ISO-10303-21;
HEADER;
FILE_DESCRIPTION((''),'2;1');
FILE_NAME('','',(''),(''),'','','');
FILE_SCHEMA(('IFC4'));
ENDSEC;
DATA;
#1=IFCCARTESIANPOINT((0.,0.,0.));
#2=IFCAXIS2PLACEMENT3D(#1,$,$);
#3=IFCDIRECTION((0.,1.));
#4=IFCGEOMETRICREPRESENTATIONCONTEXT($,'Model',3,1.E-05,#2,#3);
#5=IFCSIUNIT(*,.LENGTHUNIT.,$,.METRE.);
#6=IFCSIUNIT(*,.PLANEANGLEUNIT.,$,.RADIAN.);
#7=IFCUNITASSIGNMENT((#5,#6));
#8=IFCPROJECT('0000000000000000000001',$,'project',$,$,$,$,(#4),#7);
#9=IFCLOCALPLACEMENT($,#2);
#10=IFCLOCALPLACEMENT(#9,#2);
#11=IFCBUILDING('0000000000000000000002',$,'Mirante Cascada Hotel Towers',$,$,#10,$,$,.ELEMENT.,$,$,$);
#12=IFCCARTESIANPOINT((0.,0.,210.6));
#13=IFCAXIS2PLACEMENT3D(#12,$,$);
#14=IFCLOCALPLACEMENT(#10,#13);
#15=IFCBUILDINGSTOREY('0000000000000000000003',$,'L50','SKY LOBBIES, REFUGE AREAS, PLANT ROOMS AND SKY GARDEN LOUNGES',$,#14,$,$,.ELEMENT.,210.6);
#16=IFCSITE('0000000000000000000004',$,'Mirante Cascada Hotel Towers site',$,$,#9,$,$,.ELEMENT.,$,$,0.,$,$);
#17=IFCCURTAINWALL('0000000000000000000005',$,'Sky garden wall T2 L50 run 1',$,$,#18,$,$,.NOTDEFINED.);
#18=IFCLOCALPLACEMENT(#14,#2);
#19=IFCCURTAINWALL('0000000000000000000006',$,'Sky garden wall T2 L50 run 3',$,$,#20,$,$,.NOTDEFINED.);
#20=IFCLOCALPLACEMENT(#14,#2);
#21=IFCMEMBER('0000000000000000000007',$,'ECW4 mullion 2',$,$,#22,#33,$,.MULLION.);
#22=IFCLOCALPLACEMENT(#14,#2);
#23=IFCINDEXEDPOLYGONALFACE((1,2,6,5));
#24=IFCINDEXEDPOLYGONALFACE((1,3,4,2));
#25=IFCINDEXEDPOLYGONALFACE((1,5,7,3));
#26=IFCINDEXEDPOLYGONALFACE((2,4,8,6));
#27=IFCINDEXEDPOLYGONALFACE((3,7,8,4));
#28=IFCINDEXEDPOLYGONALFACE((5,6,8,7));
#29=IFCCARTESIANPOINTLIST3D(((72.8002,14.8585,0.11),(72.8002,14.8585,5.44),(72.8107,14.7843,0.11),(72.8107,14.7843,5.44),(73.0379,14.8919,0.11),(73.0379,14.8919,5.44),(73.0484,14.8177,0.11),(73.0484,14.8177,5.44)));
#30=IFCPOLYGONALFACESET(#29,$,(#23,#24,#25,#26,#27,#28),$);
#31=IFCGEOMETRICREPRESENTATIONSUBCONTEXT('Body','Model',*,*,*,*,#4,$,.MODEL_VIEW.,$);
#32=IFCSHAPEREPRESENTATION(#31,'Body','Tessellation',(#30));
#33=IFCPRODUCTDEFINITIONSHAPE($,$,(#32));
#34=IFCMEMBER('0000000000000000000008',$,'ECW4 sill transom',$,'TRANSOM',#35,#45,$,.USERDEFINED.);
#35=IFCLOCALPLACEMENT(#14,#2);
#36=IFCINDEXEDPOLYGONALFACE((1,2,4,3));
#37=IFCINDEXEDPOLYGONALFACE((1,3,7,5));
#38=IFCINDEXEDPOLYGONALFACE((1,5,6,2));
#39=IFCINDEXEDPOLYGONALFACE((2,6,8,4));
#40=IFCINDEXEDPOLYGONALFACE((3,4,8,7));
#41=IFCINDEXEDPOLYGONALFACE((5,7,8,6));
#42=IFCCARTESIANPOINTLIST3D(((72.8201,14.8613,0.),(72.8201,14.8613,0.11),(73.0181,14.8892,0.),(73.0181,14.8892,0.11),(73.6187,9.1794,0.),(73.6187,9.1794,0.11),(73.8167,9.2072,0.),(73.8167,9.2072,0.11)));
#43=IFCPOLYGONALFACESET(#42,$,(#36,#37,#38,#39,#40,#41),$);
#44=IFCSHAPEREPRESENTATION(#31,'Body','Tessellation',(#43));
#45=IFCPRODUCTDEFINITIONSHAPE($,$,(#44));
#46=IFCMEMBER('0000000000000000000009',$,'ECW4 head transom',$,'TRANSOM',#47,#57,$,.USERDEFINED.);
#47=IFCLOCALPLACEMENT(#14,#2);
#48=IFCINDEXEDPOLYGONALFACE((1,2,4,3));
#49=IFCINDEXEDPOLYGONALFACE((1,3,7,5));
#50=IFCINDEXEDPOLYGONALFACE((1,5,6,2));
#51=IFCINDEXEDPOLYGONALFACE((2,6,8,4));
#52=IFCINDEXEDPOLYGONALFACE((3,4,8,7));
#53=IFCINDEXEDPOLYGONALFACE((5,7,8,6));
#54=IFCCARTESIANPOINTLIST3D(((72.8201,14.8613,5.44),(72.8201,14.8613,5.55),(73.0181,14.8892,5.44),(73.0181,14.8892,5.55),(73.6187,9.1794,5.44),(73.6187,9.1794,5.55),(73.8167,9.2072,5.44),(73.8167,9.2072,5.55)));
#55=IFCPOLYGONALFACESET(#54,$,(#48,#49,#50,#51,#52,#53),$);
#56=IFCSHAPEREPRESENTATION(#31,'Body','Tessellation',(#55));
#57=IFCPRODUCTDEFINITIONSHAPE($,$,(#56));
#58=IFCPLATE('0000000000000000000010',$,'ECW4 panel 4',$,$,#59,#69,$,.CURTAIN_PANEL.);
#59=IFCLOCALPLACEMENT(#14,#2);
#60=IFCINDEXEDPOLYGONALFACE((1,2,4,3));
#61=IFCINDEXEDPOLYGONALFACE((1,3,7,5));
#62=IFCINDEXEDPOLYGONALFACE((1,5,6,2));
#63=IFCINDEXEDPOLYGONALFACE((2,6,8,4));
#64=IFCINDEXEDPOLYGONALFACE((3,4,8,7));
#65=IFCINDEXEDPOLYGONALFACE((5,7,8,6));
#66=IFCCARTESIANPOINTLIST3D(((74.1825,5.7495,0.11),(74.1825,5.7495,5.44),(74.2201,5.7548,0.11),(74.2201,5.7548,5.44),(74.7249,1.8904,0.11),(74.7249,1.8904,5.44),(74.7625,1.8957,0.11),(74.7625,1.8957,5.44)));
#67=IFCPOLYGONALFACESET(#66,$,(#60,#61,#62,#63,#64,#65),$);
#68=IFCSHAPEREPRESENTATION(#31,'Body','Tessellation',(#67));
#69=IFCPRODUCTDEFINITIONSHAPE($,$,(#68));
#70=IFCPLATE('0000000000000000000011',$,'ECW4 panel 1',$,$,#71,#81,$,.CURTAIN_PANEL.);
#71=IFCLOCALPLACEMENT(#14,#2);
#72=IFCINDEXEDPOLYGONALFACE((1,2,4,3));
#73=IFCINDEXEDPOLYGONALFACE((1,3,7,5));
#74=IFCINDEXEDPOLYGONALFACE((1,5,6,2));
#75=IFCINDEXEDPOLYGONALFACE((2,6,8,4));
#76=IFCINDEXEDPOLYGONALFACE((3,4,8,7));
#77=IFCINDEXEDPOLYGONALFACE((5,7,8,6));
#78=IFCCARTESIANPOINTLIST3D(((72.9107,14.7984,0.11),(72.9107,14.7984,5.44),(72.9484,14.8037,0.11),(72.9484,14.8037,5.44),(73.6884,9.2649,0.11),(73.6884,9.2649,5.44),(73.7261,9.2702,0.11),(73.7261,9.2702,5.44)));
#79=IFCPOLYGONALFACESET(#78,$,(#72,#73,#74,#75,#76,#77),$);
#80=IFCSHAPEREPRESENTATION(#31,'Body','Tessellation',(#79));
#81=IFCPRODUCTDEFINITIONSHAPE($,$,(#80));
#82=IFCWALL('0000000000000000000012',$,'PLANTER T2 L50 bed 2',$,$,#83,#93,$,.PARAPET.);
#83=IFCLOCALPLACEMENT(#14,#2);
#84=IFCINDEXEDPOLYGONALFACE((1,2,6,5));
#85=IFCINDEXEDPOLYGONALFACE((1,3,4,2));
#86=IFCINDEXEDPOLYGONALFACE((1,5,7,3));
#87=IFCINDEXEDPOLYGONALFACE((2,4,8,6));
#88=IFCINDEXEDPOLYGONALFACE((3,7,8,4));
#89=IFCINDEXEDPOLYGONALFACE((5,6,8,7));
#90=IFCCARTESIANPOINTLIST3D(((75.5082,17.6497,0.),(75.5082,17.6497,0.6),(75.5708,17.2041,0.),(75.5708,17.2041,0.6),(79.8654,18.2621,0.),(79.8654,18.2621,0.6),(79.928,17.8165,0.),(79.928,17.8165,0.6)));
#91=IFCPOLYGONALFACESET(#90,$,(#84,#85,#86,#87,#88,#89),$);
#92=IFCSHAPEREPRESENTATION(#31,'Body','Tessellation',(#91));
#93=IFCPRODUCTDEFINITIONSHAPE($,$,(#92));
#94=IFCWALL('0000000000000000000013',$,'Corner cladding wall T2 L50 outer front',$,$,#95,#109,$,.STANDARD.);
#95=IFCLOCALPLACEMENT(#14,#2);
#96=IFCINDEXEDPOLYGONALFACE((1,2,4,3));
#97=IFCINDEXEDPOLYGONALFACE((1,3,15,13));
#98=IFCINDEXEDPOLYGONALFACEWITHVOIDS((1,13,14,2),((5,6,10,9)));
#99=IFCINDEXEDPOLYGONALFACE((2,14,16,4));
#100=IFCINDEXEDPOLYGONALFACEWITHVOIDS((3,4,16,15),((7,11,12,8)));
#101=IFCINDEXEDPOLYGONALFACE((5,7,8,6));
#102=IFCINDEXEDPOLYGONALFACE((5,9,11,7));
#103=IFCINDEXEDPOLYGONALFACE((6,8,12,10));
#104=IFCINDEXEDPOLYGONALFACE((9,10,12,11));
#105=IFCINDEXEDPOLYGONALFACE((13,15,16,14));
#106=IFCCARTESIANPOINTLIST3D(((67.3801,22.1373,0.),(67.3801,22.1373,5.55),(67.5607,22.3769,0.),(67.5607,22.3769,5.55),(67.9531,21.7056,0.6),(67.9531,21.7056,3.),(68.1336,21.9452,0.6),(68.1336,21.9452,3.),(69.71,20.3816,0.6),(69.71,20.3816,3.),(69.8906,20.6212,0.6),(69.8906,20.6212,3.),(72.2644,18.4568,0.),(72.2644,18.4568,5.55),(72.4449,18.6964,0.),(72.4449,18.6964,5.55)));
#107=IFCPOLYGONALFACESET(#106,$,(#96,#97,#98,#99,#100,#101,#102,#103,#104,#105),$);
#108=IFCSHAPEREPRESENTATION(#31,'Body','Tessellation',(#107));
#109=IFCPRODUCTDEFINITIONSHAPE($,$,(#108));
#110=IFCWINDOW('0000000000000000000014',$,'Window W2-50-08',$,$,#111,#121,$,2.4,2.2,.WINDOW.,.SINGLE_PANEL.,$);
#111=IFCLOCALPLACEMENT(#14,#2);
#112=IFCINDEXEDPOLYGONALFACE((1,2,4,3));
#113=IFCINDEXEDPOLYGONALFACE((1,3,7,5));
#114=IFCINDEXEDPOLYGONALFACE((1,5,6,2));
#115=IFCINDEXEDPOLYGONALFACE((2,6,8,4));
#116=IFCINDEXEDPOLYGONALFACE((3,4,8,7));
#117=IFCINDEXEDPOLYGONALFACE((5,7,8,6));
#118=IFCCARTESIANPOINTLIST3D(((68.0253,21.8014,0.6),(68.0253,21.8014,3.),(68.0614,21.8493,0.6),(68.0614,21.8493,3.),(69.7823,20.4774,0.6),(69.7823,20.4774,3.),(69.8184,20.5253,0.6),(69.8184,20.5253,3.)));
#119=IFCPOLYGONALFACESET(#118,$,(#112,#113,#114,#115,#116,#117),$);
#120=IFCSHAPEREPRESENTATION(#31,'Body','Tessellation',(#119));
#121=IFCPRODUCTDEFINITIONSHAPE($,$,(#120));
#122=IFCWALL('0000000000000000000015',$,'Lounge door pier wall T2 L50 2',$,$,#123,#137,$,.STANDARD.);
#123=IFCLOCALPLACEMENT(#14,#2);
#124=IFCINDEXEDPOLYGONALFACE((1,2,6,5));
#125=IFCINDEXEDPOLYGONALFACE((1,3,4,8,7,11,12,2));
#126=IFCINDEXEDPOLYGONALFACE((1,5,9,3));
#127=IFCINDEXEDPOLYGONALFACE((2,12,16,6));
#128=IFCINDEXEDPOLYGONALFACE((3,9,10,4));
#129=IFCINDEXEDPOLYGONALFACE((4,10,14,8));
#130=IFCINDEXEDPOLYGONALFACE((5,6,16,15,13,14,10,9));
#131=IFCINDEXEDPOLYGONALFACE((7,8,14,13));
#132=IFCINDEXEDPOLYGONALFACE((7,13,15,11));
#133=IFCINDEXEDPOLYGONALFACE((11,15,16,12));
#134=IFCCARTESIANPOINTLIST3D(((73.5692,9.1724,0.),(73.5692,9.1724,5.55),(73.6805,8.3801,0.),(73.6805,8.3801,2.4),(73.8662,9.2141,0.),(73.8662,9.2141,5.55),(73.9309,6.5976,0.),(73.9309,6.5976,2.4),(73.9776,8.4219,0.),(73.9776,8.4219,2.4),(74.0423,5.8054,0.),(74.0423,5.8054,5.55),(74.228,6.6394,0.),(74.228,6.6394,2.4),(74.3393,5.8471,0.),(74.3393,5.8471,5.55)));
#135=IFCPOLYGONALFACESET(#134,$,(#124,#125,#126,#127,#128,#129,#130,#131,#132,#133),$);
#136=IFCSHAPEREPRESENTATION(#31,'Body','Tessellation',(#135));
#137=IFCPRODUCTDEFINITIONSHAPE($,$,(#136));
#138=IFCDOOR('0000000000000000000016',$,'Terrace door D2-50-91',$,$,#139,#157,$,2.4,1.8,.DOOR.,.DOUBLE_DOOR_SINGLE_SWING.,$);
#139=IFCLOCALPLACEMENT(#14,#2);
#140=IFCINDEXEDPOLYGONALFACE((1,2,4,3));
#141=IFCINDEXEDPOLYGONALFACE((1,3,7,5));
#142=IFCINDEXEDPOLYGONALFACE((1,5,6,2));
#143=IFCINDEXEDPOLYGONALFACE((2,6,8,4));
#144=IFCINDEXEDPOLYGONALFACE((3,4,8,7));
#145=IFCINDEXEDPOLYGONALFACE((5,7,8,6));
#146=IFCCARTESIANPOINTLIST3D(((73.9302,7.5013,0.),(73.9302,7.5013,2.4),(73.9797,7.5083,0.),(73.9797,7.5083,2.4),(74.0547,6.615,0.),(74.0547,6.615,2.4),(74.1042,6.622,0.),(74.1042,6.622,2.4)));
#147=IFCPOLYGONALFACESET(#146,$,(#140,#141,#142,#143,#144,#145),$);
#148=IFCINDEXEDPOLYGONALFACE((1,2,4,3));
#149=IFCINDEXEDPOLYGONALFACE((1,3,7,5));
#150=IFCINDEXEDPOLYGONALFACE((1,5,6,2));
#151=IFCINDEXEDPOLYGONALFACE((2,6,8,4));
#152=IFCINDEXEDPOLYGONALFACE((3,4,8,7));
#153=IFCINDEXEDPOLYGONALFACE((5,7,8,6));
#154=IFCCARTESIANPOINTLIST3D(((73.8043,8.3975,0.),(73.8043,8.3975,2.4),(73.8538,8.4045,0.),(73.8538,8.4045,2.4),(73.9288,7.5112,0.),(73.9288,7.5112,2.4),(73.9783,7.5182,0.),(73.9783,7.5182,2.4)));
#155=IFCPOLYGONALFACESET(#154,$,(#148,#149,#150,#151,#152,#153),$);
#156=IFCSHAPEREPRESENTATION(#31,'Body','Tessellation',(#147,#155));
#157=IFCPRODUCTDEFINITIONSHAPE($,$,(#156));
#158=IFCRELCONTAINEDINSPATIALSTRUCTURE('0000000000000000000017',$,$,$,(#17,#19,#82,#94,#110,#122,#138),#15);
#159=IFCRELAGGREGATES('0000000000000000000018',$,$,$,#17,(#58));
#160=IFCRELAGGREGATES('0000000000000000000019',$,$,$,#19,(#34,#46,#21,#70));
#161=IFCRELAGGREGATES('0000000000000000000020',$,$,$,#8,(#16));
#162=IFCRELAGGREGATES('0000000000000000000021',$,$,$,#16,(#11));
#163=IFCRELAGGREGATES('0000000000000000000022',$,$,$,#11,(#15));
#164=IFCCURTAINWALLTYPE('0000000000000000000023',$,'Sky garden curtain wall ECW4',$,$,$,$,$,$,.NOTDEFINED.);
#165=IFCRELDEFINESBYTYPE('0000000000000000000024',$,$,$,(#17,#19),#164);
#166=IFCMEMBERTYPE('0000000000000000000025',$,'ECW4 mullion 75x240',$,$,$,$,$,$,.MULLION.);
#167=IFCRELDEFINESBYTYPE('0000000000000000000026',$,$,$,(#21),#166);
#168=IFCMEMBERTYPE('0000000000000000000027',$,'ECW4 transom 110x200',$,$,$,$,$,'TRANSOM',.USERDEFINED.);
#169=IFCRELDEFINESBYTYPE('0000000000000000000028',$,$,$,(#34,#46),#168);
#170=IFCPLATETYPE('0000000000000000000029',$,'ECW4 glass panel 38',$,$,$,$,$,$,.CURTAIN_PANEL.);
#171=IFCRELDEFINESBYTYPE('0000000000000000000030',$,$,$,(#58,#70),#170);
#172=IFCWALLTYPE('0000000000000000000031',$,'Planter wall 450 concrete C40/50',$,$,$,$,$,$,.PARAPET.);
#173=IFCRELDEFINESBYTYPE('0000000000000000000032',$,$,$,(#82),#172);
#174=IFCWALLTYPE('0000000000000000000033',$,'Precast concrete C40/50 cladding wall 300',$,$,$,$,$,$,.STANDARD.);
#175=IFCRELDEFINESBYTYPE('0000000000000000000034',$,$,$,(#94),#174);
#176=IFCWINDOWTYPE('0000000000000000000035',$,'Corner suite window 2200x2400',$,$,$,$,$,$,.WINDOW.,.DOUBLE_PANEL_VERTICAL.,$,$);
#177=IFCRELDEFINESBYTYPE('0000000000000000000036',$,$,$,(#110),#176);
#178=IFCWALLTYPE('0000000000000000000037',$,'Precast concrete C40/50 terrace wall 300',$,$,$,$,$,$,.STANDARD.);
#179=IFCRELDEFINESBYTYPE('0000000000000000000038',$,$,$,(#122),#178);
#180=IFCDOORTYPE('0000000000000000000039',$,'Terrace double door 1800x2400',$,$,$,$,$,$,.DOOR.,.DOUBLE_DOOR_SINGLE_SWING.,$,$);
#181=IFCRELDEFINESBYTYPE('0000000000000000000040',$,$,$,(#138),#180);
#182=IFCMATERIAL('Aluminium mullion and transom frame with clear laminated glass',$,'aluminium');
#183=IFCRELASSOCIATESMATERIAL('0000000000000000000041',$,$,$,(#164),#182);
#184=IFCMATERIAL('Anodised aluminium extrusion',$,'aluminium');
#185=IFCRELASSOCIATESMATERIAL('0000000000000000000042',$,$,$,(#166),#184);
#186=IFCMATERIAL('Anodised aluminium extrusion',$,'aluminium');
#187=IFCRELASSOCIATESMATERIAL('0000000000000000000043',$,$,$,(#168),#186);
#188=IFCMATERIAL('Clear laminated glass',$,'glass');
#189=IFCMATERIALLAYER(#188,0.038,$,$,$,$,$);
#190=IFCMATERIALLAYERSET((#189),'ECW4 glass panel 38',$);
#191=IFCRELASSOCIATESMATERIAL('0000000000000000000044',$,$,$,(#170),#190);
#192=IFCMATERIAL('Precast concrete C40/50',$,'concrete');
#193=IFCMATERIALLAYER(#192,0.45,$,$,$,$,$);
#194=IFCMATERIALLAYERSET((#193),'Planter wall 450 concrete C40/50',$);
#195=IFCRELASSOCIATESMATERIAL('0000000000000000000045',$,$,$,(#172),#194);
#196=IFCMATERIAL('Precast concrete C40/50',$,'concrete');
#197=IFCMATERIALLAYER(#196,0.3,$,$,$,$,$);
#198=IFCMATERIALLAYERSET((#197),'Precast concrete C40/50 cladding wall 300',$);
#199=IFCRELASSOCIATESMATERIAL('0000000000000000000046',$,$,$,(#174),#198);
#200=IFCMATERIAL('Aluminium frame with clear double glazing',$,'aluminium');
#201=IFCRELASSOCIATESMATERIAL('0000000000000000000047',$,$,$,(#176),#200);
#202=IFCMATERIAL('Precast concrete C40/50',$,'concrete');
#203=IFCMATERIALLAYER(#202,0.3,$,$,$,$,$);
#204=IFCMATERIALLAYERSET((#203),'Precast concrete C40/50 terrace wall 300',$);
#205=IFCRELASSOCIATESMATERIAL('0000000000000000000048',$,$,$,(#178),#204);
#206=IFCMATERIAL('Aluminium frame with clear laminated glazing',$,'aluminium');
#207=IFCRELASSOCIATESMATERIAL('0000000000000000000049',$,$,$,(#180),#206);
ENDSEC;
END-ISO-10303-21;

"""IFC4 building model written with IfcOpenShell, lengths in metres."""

from ifc_helpers import new_model, si_unit, direction, frame, frame_2d, origin, origin_2d, place, context, subcontext, project, spatial, rectangle, extrude, material, layer, layer_set, material_profile, profile_set, type_object, element, fill, aggregate, save


model = new_model("IFC4")

# Units and contexts
model_context = context("Model", 3, precision=1e-05, world=origin(), true_north=direction((0.0, 1.0)))
body_context = subcontext(model_context, "Body", "Model", "MODEL_VIEW")
ifc_project = project(units=[si_unit("LENGTHUNIT", "METRE"), si_unit("PLANEANGLEUNIT", "RADIAN")], contexts=[model_context])

# Site, building, storey
site_placement = place(None, origin())
site = spatial("IfcSite", under=ifc_project, at=site_placement, Name="Mirante Cascada Hotel Towers site", CompositionType="ELEMENT", RefElevation=0.0)
building_placement = place(site_placement, origin())
building = spatial("IfcBuilding", under=site, at=building_placement, Name="Mirante Cascada Hotel Towers", CompositionType="ELEMENT")
storey_placement = place(building_placement, frame((0.0, 0.0, 210.6)))
storey = spatial("IfcBuildingStorey", under=building, at=storey_placement, Name="L50", Description="SKY LOBBIES, REFUGE AREAS, PLANT ROOMS AND SKY GARDEN LOUNGES", CompositionType="ELEMENT", Elevation=210.6)

# Curtain walls, members
ifc_material_1 = material(Name="Aluminium mullion and transom frame with clear laminated glass", Category="aluminium")
curtain_wall_type = type_object("IfcCurtainWallType", Name="Sky garden curtain wall ECW4", PredefinedType="NOTDEFINED", material=ifc_material_1)
curtain_wall_1_placement = place(storey_placement, origin())
curtain_wall_1 = element("IfcCurtainWall", 1, at=curtain_wall_1_placement, inside=storey, type_object=curtain_wall_type, Name="Sky garden wall T2 L50 run 1", PredefinedType="NOTDEFINED")
ifc_material_2 = material(Name="Anodised aluminium extrusion", Category="aluminium")
ifc_material_profile_1 = material_profile(ifc_material_2, rectangle(XDim=0.24, YDim=0.075, at=origin_2d()), Name="ECW4 MULLION 75x240")
ifc_profile_set_1 = profile_set([ifc_material_profile_1], Name="Anodised aluminium extrusion")
member_type_1 = type_object("IfcMemberType", Name="ECW4 mullion 75x240", PredefinedType="MULLION", material=ifc_profile_set_1)
curtain_wall_2_placement = place(storey_placement, origin())
curtain_wall_2 = element("IfcCurtainWall", 2, at=curtain_wall_2_placement, inside=storey, type_object=curtain_wall_type, Name="Sky garden wall T2 L50 run 3", PredefinedType="NOTDEFINED")
member_1_placement = place(storey_placement, frame((72.9243, 14.8381, 0.11), z_axis=(0.0, 0.0, 1.0), x_axis=(-0.990268, -0.139173, 0.0)))
member_1 = element("IfcMember", 3, at=member_1_placement, type_object=member_type_1, Name="ECW4 mullion 2", PredefinedType="MULLION", context=body_context, shape_type="SweptSolid", body=[
    extrude(rectangle(XDim=0.24, YDim=0.075, at=origin_2d()), origin(), (0.0, 0.0, 1.0), 5.33),
])
ifc_material_3 = material(Name="Anodised aluminium extrusion", Category="aluminium")
ifc_material_profile_2 = material_profile(ifc_material_3, rectangle(XDim=0.2, YDim=0.11, at=origin_2d()), Name="ECW4 TRANSOM 110x200")
ifc_profile_set_2 = profile_set([ifc_material_profile_2], Name="Anodised aluminium extrusion")
member_type_2 = type_object("IfcMemberType", Name="ECW4 transom 110x200", ElementType="TRANSOM", PredefinedType="USERDEFINED", material=ifc_profile_set_2)
member_2_placement = place(storey_placement, frame((73.7177, 9.1933, 0.055), z_axis=(-0.139181, 0.990267, 0.0), x_axis=(-0.990267, -0.139181, 0.0)))
member_2 = element("IfcMember", 4, at=member_2_placement, type_object=member_type_2, Name="ECW4 sill transom", ObjectType="TRANSOM", PredefinedType="USERDEFINED", context=body_context, shape_type="SweptSolid", body=[
    extrude(rectangle(XDim=0.2, YDim=0.11, at=origin_2d()), origin(), (0.0, 0.0, 1.0), 5.7378),
])
member_3_placement = place(storey_placement, frame((73.7177, 9.1933, 5.495), z_axis=(-0.139181, 0.990267, 0.0), x_axis=(-0.990267, -0.139181, 0.0)))
member_3 = element("IfcMember", 5, at=member_3_placement, type_object=member_type_2, Name="ECW4 head transom", ObjectType="TRANSOM", PredefinedType="USERDEFINED", context=body_context, shape_type="SweptSolid", body=[
    extrude(rectangle(XDim=0.2, YDim=0.11, at=origin_2d()), origin(), (0.0, 0.0, 1.0), 5.7378),
])

# Plates
ifc_material_4 = material(Name="Clear laminated glass", Category="glass")
ifc_layer_1 = layer(ifc_material_4, 0.038)
ifc_layer_set_1 = layer_set([ifc_layer_1], Name="ECW4 glass panel 38")
plate_type = type_object("IfcPlateType", Name="ECW4 glass panel 38", PredefinedType="CURTAIN_PANEL", material=ifc_layer_set_1)
plate_1_placement = place(storey_placement, frame((74.4725, 3.8226, 0.11), z_axis=(0.0, 0.0, 1.0), x_axis=(-0.139173, 0.990268, 0.0)))
plate_1 = element("IfcPlate", 6, at=plate_1_placement, type_object=plate_type, Name="ECW4 panel 4", PredefinedType="CURTAIN_PANEL", context=body_context, shape_type="SweptSolid", body=[
    extrude(rectangle(XDim=3.897, YDim=0.038, at=origin_2d()), origin(), (0.0, 0.0, 1.0), 5.33),
])
aggregate(curtain_wall_1, [plate_1])
plate_2_placement = place(storey_placement, frame((73.3184, 12.0343, 0.11), z_axis=(0.0, 0.0, 1.0), x_axis=(-0.139173, 0.990268, 0.0)))
plate_2 = element("IfcPlate", 7, at=plate_2_placement, type_object=plate_type, Name="ECW4 panel 1", PredefinedType="CURTAIN_PANEL", context=body_context, shape_type="SweptSolid", body=[
    extrude(rectangle(XDim=5.5879, YDim=0.038, at=origin_2d()), origin(), (0.0, 0.0, 1.0), 5.33),
])
aggregate(curtain_wall_2, [member_2, member_3, member_1, plate_2])

# Wall
ifc_material_5 = material(Name="Precast concrete C40/50", Category="concrete")
ifc_layer_2 = layer(ifc_material_5, 0.45)
ifc_layer_set_2 = layer_set([ifc_layer_2], Name="Planter wall 450 concrete C40/50")
wall_type_1 = type_object("IfcWallType", Name="Planter wall 450 concrete C40/50", PredefinedType="PARAPET", material=ifc_layer_set_2)
wall_1_placement = place(storey_placement, frame((75.5395, 17.4269, 0.0), z_axis=(0.0, 0.0, 1.0), x_axis=(0.990267, 0.139181, 0.0)))
element("IfcWall", 8, at=wall_1_placement, inside=storey, type_object=wall_type_1, Name="PLANTER T2 L50 bed 2", PredefinedType="PARAPET", context=body_context, shape_type="SweptSolid", body=[
    extrude(rectangle(XDim=4.4, YDim=0.45, at=frame_2d((2.2, 0.0))), origin(), (0.0, 0.0, 1.0), 0.6),
])

# Wall, opening, window
ifc_material_6 = material(Name="Precast concrete C40/50", Category="concrete")
ifc_layer_3 = layer(ifc_material_6, 0.3)
ifc_layer_set_3 = layer_set([ifc_layer_3], Name="Precast concrete C40/50 cladding wall 300")
wall_type_2 = type_object("IfcWallType", Name="Precast concrete C40/50 cladding wall 300", PredefinedType="STANDARD", material=ifc_layer_set_3)
wall_2_placement = place(storey_placement, frame((72.3546, 18.5766, 0.0), z_axis=(0.0, 0.0, 1.0), x_axis=(-0.798636, 0.601814, 0.0)))
wall_2 = element("IfcWall", 9, at=wall_2_placement, inside=storey, type_object=wall_type_2, Name="Corner cladding wall T2 L50 outer front", PredefinedType="STANDARD", context=body_context, shape_type="SweptSolid", body=[
    extrude(rectangle(XDim=6.1157, YDim=0.3, at=frame_2d((3.0578, 0.0))), origin(), (0.0, 0.0, 1.0), 5.55),
])
opening_1_placement = place(wall_2_placement, frame((3.1983, 0.0, 0.6)))
opening_1 = element("IfcOpeningElement", 10, at=opening_1_placement, cuts=wall_2, PredefinedType="OPENING", context=body_context, shape_type="SweptSolid", body=[
    extrude(rectangle(XDim=2.2, YDim=2.4, at=frame_2d((1.1, 1.2))), frame((0.0, 0.15, 0.0), z_axis=(0.0, -1.0, 0.0), x_axis=(1.0, 0.0, 0.0)), (0.0, 0.0, 1.0), 0.3),
])
ifc_material_7 = material(Name="Aluminium frame with clear double glazing", Category="aluminium")
window_type = type_object("IfcWindowType", Name="Corner suite window 2200x2400", PartitioningType="DOUBLE_PANEL_VERTICAL", PredefinedType="WINDOW", material=ifc_material_7)
window_placement = place(opening_1_placement, origin())
window = element("IfcWindow", 11, at=window_placement, inside=storey, type_object=window_type, Name="Window W2-50-08", OverallHeight=2.4, OverallWidth=2.2, PartitioningType="SINGLE_PANEL", PredefinedType="WINDOW", context=body_context, shape_type="SweptSolid", body=[
    extrude(rectangle(XDim=2.2, YDim=2.4, at=frame_2d((1.1, 1.2))), frame((0.0, 0.03, 0.0), z_axis=(0.0, -1.0, 0.0), x_axis=(1.0, 0.0, 0.0)), (0.0, 0.0, 1.0), 0.06),
])
fill(opening_1, window)

# Wall, opening, door
ifc_material_8 = material(Name="Precast concrete C40/50", Category="concrete")
ifc_layer_4 = layer(ifc_material_8, 0.3)
ifc_layer_set_4 = layer_set([ifc_layer_4], Name="Precast concrete C40/50 terrace wall 300")
wall_type_3 = type_object("IfcWallType", Name="Precast concrete C40/50 terrace wall 300", PredefinedType="STANDARD", material=ifc_layer_set_4)
wall_3_placement = place(storey_placement, frame((74.1908, 5.8263, 0.0), z_axis=(0.0, 0.0, 1.0), x_axis=(-0.139144, 0.990272, 0.0)))
wall_3 = element("IfcWall", 12, at=wall_3_placement, inside=storey, type_object=wall_type_3, Name="Lounge door pier wall T2 L50 2", PredefinedType="STANDARD", context=body_context, shape_type="SweptSolid", body=[
    extrude(rectangle(XDim=3.4001, YDim=0.3, at=frame_2d((1.7, 0.0))), origin(), (0.0, 0.0, 1.0), 5.55),
])
opening_2_placement = place(wall_3_placement, frame((0.8, 0.0, 0.0)))
opening_2 = element("IfcOpeningElement", 13, at=opening_2_placement, cuts=wall_3, PredefinedType="OPENING", context=body_context, shape_type="SweptSolid", body=[
    extrude(rectangle(XDim=1.8, YDim=2.4, at=frame_2d((0.9, 1.2))), frame((0.0, 0.15, 0.0), z_axis=(0.0, -1.0, 0.0), x_axis=(1.0, 0.0, 0.0)), (0.0, 0.0, 1.0), 0.3),
])
ifc_material_9 = material(Name="Aluminium frame with clear laminated glazing", Category="aluminium")
door_type = type_object("IfcDoorType", Name="Terrace double door 1800x2400", OperationType="DOUBLE_DOOR_SINGLE_SWING", PredefinedType="DOOR", material=ifc_material_9)
door_1_placement = place(opening_2_placement, origin())
door_1 = element("IfcDoor", 14, at=door_1_placement, inside=storey, type_object=door_type, Name="Terrace door D2-50-91", OperationType="DOUBLE_DOOR_SINGLE_SWING", OverallHeight=2.4, OverallWidth=1.8, PredefinedType="DOOR", context=body_context, shape_type="SweptSolid", body=[
    extrude(rectangle(XDim=0.895, YDim=2.4, at=frame_2d((0.4475, 1.2))), frame((0.0, 0.025, 0.0), z_axis=(0.0, -1.0, 0.0), x_axis=(1.0, 0.0, 0.0)), (0.0, 0.0, 1.0), 0.05),
    extrude(rectangle(XDim=0.895, YDim=2.4, at=frame_2d((1.3525, 1.2))), frame((0.0, 0.025, 0.0), z_axis=(0.0, -1.0, 0.0), x_axis=(1.0, 0.0, 0.0)), (0.0, 0.0, 1.0), 0.05),
])
fill(opening_2, door_1)

save(model, "model.ifc")
